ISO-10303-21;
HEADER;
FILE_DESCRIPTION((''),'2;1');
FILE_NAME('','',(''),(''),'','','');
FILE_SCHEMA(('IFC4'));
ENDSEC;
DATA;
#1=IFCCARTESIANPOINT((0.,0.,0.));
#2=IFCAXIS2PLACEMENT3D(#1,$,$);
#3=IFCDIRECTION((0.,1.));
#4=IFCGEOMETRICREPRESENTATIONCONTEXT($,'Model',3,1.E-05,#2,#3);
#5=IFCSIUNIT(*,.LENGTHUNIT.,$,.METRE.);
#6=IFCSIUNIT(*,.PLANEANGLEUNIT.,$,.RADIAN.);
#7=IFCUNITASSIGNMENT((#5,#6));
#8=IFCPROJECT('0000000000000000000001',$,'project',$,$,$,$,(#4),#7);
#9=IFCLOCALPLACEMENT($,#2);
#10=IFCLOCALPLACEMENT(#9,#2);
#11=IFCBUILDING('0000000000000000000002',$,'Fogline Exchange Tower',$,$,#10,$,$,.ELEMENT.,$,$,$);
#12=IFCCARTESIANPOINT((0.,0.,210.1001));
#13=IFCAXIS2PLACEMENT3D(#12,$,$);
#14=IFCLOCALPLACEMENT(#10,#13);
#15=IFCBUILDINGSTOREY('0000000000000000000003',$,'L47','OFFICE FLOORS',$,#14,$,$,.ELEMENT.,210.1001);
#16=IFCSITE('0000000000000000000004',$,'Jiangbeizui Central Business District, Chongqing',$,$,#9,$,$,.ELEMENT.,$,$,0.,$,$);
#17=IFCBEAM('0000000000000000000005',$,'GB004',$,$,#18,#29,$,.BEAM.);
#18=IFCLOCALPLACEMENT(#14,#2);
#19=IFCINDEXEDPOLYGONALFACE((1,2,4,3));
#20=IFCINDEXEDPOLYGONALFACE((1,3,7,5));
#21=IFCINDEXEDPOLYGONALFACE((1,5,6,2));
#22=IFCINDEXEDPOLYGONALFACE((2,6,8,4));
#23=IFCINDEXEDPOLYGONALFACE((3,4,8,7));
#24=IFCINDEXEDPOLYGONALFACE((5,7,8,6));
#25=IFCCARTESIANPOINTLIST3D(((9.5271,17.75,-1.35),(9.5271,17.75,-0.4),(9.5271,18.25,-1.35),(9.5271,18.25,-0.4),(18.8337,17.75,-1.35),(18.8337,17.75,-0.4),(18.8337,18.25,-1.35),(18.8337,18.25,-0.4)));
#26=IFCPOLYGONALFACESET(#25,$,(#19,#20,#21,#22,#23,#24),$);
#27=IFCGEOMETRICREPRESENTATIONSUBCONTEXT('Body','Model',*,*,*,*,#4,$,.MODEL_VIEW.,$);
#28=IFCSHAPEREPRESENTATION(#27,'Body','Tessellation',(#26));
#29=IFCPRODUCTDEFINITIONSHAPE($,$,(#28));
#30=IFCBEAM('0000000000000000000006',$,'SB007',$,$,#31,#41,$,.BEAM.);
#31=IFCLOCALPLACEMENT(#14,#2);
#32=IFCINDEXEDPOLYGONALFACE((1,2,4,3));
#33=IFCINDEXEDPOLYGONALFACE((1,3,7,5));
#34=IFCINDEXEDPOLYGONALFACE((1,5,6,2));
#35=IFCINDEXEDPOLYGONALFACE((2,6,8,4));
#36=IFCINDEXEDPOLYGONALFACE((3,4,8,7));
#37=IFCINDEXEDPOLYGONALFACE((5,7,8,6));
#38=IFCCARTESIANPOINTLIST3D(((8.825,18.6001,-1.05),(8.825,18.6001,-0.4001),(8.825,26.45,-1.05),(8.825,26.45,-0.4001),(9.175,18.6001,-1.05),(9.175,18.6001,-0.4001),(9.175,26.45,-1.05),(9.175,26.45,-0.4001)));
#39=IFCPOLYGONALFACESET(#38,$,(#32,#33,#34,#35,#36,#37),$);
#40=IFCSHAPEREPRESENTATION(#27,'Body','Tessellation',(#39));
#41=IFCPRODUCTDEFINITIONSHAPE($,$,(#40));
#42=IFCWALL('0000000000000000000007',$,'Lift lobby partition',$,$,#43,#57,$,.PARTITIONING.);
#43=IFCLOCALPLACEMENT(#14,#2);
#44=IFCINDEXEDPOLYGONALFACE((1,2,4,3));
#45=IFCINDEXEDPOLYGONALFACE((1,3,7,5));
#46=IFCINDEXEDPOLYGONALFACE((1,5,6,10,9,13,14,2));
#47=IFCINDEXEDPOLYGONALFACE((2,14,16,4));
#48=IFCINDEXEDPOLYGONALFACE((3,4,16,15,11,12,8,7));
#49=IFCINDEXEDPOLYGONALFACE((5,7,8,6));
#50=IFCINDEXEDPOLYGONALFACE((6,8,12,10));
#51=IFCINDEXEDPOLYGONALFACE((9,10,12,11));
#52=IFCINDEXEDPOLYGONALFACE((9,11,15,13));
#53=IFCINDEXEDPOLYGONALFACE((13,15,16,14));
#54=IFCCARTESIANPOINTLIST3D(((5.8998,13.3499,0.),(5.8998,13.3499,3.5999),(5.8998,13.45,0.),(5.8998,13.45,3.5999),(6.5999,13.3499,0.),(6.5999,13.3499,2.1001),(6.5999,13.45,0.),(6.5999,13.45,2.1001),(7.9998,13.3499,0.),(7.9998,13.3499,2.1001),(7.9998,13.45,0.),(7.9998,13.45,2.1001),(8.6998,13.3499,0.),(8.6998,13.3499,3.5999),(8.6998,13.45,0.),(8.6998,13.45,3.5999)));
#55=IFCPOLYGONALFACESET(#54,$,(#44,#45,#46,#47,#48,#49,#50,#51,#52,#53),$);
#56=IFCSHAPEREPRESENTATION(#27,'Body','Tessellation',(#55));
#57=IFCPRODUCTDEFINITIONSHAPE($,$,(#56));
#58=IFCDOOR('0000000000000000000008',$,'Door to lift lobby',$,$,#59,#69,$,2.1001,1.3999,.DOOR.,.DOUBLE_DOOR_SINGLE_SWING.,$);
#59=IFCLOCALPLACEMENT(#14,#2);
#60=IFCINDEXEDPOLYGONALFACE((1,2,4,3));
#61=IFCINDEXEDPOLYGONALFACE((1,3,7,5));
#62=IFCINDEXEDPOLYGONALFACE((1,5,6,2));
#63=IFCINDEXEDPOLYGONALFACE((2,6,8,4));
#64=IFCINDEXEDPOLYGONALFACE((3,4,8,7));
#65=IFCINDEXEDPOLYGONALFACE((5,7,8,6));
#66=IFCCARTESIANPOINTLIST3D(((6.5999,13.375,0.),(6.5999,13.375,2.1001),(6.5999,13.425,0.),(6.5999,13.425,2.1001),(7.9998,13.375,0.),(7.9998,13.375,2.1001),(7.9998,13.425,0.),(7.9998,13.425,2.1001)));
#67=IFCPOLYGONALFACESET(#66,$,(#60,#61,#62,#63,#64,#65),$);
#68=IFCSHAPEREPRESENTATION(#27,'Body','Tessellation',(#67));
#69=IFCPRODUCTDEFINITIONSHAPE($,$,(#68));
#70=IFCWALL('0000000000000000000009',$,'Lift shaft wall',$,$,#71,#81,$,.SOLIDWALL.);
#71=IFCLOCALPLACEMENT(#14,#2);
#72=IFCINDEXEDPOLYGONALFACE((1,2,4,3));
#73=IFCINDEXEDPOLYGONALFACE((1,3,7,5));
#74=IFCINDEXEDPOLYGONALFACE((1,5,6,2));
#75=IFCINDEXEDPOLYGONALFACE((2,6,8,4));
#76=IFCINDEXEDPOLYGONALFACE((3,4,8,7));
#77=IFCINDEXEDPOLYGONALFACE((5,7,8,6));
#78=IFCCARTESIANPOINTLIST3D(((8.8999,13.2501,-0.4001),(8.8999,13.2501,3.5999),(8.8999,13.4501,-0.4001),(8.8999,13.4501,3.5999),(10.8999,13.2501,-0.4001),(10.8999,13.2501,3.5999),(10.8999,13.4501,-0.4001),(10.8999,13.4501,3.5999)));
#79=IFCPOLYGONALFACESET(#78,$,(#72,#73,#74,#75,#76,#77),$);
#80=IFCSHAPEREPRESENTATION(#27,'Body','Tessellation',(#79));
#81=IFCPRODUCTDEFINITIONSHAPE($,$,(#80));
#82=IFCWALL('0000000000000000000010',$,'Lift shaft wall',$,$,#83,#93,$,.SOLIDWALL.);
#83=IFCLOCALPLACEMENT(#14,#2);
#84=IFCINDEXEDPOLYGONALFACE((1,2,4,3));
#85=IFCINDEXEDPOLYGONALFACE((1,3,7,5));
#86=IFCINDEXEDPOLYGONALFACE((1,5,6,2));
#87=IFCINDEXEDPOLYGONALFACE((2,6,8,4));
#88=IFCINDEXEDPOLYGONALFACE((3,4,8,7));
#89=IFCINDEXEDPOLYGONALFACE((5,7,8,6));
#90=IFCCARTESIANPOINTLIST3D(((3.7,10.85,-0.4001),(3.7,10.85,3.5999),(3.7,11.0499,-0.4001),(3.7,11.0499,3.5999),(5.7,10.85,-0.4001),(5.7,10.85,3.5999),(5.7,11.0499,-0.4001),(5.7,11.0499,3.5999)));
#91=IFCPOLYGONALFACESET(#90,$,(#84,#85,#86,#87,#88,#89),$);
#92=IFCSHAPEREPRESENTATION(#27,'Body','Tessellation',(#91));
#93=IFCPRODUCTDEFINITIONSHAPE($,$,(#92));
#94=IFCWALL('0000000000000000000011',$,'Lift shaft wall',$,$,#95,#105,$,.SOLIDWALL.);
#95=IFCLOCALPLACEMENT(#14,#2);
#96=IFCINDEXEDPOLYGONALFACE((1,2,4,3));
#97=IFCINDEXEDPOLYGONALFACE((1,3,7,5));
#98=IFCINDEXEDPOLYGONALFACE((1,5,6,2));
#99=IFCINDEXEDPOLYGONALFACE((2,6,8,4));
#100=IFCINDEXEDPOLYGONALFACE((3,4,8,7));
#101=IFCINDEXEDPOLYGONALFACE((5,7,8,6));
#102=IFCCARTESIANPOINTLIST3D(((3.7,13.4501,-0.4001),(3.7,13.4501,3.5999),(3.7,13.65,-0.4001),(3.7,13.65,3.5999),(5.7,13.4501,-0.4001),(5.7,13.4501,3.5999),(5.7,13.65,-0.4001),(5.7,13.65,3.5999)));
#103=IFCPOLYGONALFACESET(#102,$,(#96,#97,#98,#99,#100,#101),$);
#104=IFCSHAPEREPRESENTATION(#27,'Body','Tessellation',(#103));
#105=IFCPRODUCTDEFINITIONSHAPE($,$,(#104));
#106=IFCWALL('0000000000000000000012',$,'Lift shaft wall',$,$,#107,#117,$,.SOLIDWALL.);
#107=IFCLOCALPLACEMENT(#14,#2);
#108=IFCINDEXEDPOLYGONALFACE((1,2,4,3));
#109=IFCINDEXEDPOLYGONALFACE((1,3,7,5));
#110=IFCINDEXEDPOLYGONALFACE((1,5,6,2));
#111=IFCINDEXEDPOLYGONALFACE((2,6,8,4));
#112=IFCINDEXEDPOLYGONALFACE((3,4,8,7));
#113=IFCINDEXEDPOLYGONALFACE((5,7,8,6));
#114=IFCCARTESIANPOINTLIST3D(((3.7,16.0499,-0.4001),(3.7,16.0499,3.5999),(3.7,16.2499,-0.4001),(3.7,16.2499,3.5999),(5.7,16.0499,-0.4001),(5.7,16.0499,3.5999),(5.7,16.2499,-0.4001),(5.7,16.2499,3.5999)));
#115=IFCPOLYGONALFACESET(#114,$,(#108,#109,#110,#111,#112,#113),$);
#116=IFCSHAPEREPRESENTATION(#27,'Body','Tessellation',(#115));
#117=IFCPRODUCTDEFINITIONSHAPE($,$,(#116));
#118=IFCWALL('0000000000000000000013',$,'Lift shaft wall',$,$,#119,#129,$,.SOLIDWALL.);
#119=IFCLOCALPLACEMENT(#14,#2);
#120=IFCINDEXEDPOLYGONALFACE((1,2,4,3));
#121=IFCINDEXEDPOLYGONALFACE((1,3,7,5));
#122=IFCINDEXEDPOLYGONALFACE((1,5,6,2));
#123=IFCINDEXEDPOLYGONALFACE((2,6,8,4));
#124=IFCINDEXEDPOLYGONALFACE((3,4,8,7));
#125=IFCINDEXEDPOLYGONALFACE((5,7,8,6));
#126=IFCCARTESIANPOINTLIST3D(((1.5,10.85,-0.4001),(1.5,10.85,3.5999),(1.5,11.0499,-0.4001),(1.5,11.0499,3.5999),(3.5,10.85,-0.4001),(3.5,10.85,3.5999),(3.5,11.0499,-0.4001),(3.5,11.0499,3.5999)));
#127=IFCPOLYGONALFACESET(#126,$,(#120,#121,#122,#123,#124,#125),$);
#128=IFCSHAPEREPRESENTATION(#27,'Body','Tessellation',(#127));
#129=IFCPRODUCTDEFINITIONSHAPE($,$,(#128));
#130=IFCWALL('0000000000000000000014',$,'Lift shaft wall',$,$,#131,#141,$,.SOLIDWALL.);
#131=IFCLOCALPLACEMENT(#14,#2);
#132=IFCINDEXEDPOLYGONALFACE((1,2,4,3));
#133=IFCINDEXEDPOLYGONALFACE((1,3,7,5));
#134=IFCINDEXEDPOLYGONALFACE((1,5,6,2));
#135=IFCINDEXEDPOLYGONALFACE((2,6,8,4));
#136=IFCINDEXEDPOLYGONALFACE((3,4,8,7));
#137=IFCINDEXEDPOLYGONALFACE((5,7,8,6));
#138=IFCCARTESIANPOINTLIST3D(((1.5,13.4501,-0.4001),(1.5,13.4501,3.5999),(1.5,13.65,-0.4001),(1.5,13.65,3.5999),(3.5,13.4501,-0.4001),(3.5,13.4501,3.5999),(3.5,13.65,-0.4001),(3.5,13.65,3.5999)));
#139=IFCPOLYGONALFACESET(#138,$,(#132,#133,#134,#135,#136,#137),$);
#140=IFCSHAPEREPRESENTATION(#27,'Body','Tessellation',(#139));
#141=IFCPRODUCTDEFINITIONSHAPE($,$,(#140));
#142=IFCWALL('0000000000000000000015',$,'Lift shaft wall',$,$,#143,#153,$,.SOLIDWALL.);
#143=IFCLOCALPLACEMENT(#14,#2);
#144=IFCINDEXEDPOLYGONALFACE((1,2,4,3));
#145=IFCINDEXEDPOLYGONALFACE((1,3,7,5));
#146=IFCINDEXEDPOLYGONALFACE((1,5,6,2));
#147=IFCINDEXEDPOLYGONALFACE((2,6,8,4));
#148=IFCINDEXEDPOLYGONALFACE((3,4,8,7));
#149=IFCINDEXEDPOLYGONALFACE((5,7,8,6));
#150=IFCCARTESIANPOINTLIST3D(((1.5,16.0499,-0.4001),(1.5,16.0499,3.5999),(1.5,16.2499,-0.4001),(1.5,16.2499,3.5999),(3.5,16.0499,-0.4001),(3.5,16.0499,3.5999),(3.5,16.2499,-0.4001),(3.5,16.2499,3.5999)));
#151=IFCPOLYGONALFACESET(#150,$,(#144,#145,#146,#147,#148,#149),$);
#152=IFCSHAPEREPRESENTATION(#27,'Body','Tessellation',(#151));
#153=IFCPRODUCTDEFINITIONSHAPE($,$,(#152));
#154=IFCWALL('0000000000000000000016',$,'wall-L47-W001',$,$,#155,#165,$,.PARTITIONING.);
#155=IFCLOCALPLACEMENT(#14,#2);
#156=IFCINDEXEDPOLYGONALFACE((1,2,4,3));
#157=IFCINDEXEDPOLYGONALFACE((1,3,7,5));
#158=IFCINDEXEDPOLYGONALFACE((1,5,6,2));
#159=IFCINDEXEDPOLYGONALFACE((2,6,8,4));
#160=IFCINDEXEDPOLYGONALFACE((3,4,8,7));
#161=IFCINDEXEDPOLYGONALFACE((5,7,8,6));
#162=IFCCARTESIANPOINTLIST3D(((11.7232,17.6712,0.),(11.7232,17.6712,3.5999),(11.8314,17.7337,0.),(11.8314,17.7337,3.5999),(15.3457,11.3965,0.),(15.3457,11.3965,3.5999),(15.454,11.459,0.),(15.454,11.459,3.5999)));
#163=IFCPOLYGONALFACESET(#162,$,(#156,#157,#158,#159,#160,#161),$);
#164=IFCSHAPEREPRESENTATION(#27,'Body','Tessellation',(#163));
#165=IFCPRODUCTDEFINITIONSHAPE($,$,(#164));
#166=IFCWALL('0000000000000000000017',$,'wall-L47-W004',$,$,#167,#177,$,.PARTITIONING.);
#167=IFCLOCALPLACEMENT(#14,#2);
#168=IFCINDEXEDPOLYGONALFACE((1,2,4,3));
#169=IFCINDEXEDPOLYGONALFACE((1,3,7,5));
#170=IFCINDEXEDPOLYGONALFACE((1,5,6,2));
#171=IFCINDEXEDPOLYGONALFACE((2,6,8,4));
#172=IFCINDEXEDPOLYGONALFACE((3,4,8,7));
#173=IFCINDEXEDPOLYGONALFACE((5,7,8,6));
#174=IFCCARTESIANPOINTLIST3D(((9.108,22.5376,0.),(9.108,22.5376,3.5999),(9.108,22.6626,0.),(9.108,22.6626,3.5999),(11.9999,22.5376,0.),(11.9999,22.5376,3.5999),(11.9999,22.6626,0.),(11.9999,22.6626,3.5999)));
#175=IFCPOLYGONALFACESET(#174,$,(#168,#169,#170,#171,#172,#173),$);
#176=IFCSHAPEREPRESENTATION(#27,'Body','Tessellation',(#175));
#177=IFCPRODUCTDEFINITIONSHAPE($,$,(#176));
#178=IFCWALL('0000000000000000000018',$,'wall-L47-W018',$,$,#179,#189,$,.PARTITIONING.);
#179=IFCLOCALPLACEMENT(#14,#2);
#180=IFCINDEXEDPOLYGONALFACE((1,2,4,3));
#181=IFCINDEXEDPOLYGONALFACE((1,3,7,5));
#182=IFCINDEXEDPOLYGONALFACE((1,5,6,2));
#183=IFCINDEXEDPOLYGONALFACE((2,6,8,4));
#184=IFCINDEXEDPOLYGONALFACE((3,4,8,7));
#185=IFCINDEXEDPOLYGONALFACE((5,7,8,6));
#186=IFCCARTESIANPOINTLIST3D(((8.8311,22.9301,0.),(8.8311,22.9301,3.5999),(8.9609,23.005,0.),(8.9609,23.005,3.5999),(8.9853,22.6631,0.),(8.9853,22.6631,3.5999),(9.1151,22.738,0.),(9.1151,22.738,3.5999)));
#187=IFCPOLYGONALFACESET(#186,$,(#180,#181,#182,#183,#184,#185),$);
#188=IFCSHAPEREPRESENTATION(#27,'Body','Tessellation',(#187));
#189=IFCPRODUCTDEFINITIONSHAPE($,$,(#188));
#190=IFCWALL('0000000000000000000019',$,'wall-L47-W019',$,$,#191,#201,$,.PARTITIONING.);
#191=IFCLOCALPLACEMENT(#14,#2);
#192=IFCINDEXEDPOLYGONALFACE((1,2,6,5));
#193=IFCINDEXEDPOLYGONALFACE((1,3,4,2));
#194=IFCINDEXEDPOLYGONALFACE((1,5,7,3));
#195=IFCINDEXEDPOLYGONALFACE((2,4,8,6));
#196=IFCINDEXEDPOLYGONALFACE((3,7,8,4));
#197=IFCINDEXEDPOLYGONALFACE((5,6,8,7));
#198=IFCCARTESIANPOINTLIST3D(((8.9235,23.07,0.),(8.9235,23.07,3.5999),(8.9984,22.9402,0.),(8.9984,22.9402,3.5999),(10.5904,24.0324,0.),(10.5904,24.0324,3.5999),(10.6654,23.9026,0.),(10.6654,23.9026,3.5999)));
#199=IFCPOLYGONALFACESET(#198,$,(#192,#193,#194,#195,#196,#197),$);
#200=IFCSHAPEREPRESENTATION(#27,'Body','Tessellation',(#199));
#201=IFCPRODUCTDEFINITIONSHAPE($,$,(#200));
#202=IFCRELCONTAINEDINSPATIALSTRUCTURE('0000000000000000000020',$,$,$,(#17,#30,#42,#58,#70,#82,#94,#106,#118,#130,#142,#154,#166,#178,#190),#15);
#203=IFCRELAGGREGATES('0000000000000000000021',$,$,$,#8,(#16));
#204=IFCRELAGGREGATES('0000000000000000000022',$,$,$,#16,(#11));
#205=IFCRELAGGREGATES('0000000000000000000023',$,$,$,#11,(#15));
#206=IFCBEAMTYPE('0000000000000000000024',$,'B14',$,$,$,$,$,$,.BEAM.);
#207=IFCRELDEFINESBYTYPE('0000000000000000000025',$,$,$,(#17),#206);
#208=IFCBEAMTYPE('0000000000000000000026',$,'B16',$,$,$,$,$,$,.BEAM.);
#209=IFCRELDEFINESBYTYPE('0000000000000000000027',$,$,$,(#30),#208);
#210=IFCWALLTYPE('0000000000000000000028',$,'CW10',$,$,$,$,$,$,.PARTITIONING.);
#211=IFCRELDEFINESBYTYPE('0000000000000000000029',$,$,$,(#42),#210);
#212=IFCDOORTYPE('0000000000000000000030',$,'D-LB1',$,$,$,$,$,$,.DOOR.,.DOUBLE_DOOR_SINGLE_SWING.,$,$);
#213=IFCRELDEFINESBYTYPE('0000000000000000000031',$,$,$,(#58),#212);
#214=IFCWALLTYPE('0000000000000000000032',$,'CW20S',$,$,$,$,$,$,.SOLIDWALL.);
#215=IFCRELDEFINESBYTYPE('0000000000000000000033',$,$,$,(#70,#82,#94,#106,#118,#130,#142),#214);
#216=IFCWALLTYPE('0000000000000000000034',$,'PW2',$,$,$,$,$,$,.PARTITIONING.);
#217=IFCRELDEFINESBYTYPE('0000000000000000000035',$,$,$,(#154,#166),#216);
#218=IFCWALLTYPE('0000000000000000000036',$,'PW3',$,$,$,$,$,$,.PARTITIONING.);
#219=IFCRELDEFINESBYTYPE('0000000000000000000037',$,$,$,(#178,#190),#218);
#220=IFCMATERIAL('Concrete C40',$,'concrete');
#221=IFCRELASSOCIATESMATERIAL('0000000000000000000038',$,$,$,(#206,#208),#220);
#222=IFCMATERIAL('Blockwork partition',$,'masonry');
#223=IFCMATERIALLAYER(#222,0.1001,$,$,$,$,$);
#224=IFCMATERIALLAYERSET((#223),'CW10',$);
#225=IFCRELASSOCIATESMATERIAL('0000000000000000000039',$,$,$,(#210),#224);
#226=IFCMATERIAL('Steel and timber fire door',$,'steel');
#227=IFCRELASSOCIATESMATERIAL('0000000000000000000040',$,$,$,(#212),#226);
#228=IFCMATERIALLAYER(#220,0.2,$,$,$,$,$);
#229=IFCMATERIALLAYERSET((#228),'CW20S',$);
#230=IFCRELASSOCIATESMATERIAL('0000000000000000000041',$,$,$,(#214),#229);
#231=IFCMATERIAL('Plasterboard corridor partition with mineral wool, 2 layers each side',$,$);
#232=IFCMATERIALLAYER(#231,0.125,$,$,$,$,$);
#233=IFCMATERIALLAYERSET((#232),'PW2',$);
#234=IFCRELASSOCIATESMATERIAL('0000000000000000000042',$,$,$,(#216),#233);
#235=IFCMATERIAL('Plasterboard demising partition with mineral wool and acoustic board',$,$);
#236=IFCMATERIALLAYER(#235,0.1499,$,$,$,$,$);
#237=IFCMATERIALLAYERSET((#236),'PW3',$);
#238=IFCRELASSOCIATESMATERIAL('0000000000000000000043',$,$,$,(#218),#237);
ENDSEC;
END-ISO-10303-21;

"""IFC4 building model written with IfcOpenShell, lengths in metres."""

from ifc_helpers import new_model, si_unit, direction, frame, frame_2d, origin, origin_2d, place, context, subcontext, project, spatial, rectangle, extrude, material, layer, layer_set, material_profile, profile_set, type_object, element, fill, save


model = new_model("IFC4")

# Units and contexts
model_context = context("Model", 3, precision=1e-05, world=origin(), true_north=direction((0.0, 1.0)))
body_context = subcontext(model_context, "Body", "Model", "MODEL_VIEW")
ifc_project = project(units=[si_unit("LENGTHUNIT", "METRE"), si_unit("PLANEANGLEUNIT", "RADIAN")], contexts=[model_context])

# Site, building, storey
site_placement = place(None, origin())
site = spatial("IfcSite", under=ifc_project, at=site_placement, Name="Jiangbeizui Central Business District, Chongqing", CompositionType="ELEMENT", RefElevation=0.0)
building_placement = place(site_placement, origin())
building = spatial("IfcBuilding", under=site, at=building_placement, Name="Fogline Exchange Tower", CompositionType="ELEMENT")
storey_placement = place(building_placement, frame((0.0, 0.0, 210.1001)))
storey = spatial("IfcBuildingStorey", under=building, at=storey_placement, Name="L47", Description="OFFICE FLOORS", CompositionType="ELEMENT", Elevation=210.1001)

# Beams
ifc_material_1 = material(Name="Concrete C40", Category="concrete")
ifc_material_profile_1 = material_profile(ifc_material_1, rectangle(XDim=0.5, YDim=0.95, at=origin_2d()), Name="RC 500x950")
ifc_profile_set_1 = profile_set([ifc_material_profile_1], Name="Concrete C40")
beam_type_1 = type_object("IfcBeamType", Name="B14", PredefinedType="BEAM", material=ifc_profile_set_1)
beam_1_placement = place(storey_placement, frame((9.5271, 18.0, -0.875), z_axis=(1.0, 0.0, 0.0), x_axis=(0.0, 1.0, 0.0)))
element("IfcBeam", 1, at=beam_1_placement, inside=storey, type_object=beam_type_1, Name="GB004", PredefinedType="BEAM", context=body_context, shape_type="SweptSolid", body=[
    extrude(rectangle(XDim=0.5, YDim=0.95, at=origin_2d()), origin(), (0.0, 0.0, 1.0), 9.3066),
])
ifc_material_profile_2 = material_profile(ifc_material_1, rectangle(XDim=0.3501, YDim=0.6499, at=origin_2d()), Name="RC 350x650")
ifc_profile_set_2 = profile_set([ifc_material_profile_2], Name="Concrete C40")
beam_type_2 = type_object("IfcBeamType", Name="B16", PredefinedType="BEAM", material=ifc_profile_set_2)
beam_2_placement = place(storey_placement, frame((9.0, 18.6001, -0.7251), z_axis=(0.0, 1.0, 0.0), x_axis=(-1.0, 0.0, 0.0)))
element("IfcBeam", 2, at=beam_2_placement, inside=storey, type_object=beam_type_2, Name="SB007", PredefinedType="BEAM", context=body_context, shape_type="SweptSolid", body=[
    extrude(rectangle(XDim=0.3501, YDim=0.6499, at=origin_2d()), origin(), (0.0, 0.0, 1.0), 7.8499),
])

# Wall, opening, door
ifc_material_2 = material(Name="Blockwork partition", Category="masonry")
ifc_layer_1 = layer(ifc_material_2, 0.1001)
ifc_layer_set_1 = layer_set([ifc_layer_1], Name="CW10")
wall_type_1 = type_object("IfcWallType", Name="CW10", PredefinedType="PARTITIONING", material=ifc_layer_set_1)
wall_1_placement = place(storey_placement, frame((5.8999, 13.3999, 0.0), z_axis=(0.0, 0.0, 1.0), x_axis=(1.0, 0.0, 0.0)))
wall_1 = element("IfcWall", 3, at=wall_1_placement, inside=storey, type_object=wall_type_1, Name="Lift lobby partition", PredefinedType="PARTITIONING", context=body_context, shape_type="SweptSolid", body=[
    extrude(rectangle(XDim=2.8, YDim=0.1001, at=frame_2d((1.3999, 0.0))), origin(), (0.0, 0.0, 1.0), 3.5999),
])
opening_1_placement = place(wall_1_placement, frame((0.7, 0.0, 0.0)))
opening_1 = element("IfcOpeningElement", 4, at=opening_1_placement, cuts=wall_1, PredefinedType="OPENING", context=body_context, shape_type="SweptSolid", body=[
    extrude(rectangle(XDim=1.3999, YDim=2.1001, at=frame_2d((0.7, 1.05))), frame((0.0, 0.0601, 0.0), z_axis=(0.0, -1.0, 0.0), x_axis=(1.0, 0.0, 0.0)), (0.0, 0.0, 1.0), 0.1201),
])
ifc_material_3 = material(Name="Steel and timber fire door", Category="steel")
door_type_1 = type_object("IfcDoorType", Name="D-LB1", OperationType="DOUBLE_DOOR_SINGLE_SWING", PredefinedType="DOOR", material=ifc_material_3)
door_1_placement = place(opening_1_placement, frame((1.3999, 0.0, 0.0), z_axis=(0.0, 0.0, 1.0), x_axis=(-1.0, 0.0, 0.0)))
door_1 = element("IfcDoor", 5, at=door_1_placement, inside=storey, type_object=door_type_1, Name="Door to lift lobby", OperationType="DOUBLE_DOOR_SINGLE_SWING", OverallHeight=2.1001, OverallWidth=1.3999, PredefinedType="DOOR", context=body_context, shape_type="SweptSolid", body=[
    extrude(rectangle(XDim=1.3999, YDim=2.1001, at=frame_2d((0.7, 1.05))), frame((0.0, 0.0249, 0.0), z_axis=(0.0, -1.0, 0.0), x_axis=(1.0, 0.0, 0.0)), (0.0, 0.0, 1.0), 0.05),
])
fill(opening_1, door_1)

# Walls
ifc_layer_2 = layer(ifc_material_1, 0.2)
ifc_layer_set_2 = layer_set([ifc_layer_2], Name="CW20S")
wall_type_2 = type_object("IfcWallType", Name="CW20S", PredefinedType="SOLIDWALL", material=ifc_layer_set_2)
for number, where, z_axis, x_axis, name in (
    (6, (8.8999, 13.3501, -0.4001), (0.0, 0.0, 1.0), (1.0, 0.0, 0.0), "Lift shaft wall"),
    (7, (3.7, 10.95, -0.4001), (0.0, 0.0, 1.0), (1.0, 0.0, 0.0), "Lift shaft wall"),
    (8, (3.7, 13.55, -0.4001), (0.0, 0.0, 1.0), (1.0, 0.0, 0.0), "Lift shaft wall"),
    (9, (3.7, 16.1499, -0.4001), (0.0, 0.0, 1.0), (1.0, 0.0, 0.0), "Lift shaft wall"),
    (10, (1.5, 10.95, -0.4001), (0.0, 0.0, 1.0), (1.0, 0.0, 0.0), "Lift shaft wall"),
    (11, (1.5, 13.55, -0.4001), (0.0, 0.0, 1.0), (1.0, 0.0, 0.0), "Lift shaft wall"),
    (12, (1.5, 16.1499, -0.4001), (0.0, 0.0, 1.0), (1.0, 0.0, 0.0), "Lift shaft wall"),
):
    element("IfcWall", number, at=place(storey_placement, frame(where, z_axis=z_axis, x_axis=x_axis)), inside=storey, type_object=wall_type_2, Name=name, PredefinedType="SOLIDWALL", context=body_context, shape_type="SweptSolid", body=[
        extrude(rectangle(XDim=2.0, YDim=0.2, at=frame_2d((1.0, 0.0))), origin(), (0.0, 0.0, 1.0), 4.0),
    ])
ifc_material_4 = material(Name="Plasterboard corridor partition with mineral wool, 2 layers each side")
ifc_layer_3 = layer(ifc_material_4, 0.125)
ifc_layer_set_3 = layer_set([ifc_layer_3], Name="PW2")
wall_type_3 = type_object("IfcWallType", Name="PW2", PredefinedType="PARTITIONING", material=ifc_layer_set_3)
wall_2_placement = place(storey_placement, frame((11.7773, 17.7024, 0.0), z_axis=(0.0, 0.0, 1.0), x_axis=(0.499988, -0.866032, 0.0)))
element("IfcWall", 13, at=wall_2_placement, inside=storey, type_object=wall_type_3, Name="wall-L47-W001", PredefinedType="PARTITIONING", context=body_context, shape_type="SweptSolid", body=[
    extrude(rectangle(XDim=7.2454, YDim=0.125, at=frame_2d((3.6226, 0.0))), origin(), (0.0, 0.0, 1.0), 3.5999),
])
wall_3_placement = place(storey_placement, frame((9.1082, 22.6001, 0.0), z_axis=(0.0, 0.0, 1.0), x_axis=(1.0, 0.0, 0.0)))
element("IfcWall", 14, at=wall_3_placement, inside=storey, type_object=wall_type_3, Name="wall-L47-W004", PredefinedType="PARTITIONING", context=body_context, shape_type="SweptSolid", body=[
    extrude(rectangle(XDim=2.8918, YDim=0.125, at=frame_2d((1.4458, 0.0))), origin(), (0.0, 0.0, 1.0), 3.5999),
])
ifc_material_5 = material(Name="Plasterboard demising partition with mineral wool and acoustic board")
ifc_layer_4 = layer(ifc_material_5, 0.1499)
ifc_layer_set_4 = layer_set([ifc_layer_4], Name="PW3")
wall_type_4 = type_object("IfcWallType", Name="PW3", PredefinedType="PARTITIONING", material=ifc_layer_set_4)
wall_4_placement = place(storey_placement, frame((9.0503, 22.7004, 0.0), z_axis=(0.0, 0.0, 1.0), x_axis=(-0.500225, 0.865896, 0.0)))
element("IfcWall", 15, at=wall_4_placement, inside=storey, type_object=wall_type_4, Name="wall-L47-W018", PredefinedType="PARTITIONING", context=body_context, shape_type="SweptSolid", body=[
    extrude(rectangle(XDim=0.3083, YDim=0.1499, at=frame_2d((0.1543, 0.0))), origin(), (0.0, 0.0, 1.0), 3.5999),
])
wall_5_placement = place(storey_placement, frame((8.9609, 23.0051, 0.0), z_axis=(0.0, 0.0, 1.0), x_axis=(0.866034, 0.499986, 0.0)))
element("IfcWall", 16, at=wall_5_placement, inside=storey, type_object=wall_type_4, Name="wall-L47-W019", PredefinedType="PARTITIONING", context=body_context, shape_type="SweptSolid", body=[
    extrude(rectangle(XDim=1.9248, YDim=0.1499, at=frame_2d((0.9624, 0.0))), origin(), (0.0, 0.0, 1.0), 3.5999),
])

save(model, "model.ifc")
